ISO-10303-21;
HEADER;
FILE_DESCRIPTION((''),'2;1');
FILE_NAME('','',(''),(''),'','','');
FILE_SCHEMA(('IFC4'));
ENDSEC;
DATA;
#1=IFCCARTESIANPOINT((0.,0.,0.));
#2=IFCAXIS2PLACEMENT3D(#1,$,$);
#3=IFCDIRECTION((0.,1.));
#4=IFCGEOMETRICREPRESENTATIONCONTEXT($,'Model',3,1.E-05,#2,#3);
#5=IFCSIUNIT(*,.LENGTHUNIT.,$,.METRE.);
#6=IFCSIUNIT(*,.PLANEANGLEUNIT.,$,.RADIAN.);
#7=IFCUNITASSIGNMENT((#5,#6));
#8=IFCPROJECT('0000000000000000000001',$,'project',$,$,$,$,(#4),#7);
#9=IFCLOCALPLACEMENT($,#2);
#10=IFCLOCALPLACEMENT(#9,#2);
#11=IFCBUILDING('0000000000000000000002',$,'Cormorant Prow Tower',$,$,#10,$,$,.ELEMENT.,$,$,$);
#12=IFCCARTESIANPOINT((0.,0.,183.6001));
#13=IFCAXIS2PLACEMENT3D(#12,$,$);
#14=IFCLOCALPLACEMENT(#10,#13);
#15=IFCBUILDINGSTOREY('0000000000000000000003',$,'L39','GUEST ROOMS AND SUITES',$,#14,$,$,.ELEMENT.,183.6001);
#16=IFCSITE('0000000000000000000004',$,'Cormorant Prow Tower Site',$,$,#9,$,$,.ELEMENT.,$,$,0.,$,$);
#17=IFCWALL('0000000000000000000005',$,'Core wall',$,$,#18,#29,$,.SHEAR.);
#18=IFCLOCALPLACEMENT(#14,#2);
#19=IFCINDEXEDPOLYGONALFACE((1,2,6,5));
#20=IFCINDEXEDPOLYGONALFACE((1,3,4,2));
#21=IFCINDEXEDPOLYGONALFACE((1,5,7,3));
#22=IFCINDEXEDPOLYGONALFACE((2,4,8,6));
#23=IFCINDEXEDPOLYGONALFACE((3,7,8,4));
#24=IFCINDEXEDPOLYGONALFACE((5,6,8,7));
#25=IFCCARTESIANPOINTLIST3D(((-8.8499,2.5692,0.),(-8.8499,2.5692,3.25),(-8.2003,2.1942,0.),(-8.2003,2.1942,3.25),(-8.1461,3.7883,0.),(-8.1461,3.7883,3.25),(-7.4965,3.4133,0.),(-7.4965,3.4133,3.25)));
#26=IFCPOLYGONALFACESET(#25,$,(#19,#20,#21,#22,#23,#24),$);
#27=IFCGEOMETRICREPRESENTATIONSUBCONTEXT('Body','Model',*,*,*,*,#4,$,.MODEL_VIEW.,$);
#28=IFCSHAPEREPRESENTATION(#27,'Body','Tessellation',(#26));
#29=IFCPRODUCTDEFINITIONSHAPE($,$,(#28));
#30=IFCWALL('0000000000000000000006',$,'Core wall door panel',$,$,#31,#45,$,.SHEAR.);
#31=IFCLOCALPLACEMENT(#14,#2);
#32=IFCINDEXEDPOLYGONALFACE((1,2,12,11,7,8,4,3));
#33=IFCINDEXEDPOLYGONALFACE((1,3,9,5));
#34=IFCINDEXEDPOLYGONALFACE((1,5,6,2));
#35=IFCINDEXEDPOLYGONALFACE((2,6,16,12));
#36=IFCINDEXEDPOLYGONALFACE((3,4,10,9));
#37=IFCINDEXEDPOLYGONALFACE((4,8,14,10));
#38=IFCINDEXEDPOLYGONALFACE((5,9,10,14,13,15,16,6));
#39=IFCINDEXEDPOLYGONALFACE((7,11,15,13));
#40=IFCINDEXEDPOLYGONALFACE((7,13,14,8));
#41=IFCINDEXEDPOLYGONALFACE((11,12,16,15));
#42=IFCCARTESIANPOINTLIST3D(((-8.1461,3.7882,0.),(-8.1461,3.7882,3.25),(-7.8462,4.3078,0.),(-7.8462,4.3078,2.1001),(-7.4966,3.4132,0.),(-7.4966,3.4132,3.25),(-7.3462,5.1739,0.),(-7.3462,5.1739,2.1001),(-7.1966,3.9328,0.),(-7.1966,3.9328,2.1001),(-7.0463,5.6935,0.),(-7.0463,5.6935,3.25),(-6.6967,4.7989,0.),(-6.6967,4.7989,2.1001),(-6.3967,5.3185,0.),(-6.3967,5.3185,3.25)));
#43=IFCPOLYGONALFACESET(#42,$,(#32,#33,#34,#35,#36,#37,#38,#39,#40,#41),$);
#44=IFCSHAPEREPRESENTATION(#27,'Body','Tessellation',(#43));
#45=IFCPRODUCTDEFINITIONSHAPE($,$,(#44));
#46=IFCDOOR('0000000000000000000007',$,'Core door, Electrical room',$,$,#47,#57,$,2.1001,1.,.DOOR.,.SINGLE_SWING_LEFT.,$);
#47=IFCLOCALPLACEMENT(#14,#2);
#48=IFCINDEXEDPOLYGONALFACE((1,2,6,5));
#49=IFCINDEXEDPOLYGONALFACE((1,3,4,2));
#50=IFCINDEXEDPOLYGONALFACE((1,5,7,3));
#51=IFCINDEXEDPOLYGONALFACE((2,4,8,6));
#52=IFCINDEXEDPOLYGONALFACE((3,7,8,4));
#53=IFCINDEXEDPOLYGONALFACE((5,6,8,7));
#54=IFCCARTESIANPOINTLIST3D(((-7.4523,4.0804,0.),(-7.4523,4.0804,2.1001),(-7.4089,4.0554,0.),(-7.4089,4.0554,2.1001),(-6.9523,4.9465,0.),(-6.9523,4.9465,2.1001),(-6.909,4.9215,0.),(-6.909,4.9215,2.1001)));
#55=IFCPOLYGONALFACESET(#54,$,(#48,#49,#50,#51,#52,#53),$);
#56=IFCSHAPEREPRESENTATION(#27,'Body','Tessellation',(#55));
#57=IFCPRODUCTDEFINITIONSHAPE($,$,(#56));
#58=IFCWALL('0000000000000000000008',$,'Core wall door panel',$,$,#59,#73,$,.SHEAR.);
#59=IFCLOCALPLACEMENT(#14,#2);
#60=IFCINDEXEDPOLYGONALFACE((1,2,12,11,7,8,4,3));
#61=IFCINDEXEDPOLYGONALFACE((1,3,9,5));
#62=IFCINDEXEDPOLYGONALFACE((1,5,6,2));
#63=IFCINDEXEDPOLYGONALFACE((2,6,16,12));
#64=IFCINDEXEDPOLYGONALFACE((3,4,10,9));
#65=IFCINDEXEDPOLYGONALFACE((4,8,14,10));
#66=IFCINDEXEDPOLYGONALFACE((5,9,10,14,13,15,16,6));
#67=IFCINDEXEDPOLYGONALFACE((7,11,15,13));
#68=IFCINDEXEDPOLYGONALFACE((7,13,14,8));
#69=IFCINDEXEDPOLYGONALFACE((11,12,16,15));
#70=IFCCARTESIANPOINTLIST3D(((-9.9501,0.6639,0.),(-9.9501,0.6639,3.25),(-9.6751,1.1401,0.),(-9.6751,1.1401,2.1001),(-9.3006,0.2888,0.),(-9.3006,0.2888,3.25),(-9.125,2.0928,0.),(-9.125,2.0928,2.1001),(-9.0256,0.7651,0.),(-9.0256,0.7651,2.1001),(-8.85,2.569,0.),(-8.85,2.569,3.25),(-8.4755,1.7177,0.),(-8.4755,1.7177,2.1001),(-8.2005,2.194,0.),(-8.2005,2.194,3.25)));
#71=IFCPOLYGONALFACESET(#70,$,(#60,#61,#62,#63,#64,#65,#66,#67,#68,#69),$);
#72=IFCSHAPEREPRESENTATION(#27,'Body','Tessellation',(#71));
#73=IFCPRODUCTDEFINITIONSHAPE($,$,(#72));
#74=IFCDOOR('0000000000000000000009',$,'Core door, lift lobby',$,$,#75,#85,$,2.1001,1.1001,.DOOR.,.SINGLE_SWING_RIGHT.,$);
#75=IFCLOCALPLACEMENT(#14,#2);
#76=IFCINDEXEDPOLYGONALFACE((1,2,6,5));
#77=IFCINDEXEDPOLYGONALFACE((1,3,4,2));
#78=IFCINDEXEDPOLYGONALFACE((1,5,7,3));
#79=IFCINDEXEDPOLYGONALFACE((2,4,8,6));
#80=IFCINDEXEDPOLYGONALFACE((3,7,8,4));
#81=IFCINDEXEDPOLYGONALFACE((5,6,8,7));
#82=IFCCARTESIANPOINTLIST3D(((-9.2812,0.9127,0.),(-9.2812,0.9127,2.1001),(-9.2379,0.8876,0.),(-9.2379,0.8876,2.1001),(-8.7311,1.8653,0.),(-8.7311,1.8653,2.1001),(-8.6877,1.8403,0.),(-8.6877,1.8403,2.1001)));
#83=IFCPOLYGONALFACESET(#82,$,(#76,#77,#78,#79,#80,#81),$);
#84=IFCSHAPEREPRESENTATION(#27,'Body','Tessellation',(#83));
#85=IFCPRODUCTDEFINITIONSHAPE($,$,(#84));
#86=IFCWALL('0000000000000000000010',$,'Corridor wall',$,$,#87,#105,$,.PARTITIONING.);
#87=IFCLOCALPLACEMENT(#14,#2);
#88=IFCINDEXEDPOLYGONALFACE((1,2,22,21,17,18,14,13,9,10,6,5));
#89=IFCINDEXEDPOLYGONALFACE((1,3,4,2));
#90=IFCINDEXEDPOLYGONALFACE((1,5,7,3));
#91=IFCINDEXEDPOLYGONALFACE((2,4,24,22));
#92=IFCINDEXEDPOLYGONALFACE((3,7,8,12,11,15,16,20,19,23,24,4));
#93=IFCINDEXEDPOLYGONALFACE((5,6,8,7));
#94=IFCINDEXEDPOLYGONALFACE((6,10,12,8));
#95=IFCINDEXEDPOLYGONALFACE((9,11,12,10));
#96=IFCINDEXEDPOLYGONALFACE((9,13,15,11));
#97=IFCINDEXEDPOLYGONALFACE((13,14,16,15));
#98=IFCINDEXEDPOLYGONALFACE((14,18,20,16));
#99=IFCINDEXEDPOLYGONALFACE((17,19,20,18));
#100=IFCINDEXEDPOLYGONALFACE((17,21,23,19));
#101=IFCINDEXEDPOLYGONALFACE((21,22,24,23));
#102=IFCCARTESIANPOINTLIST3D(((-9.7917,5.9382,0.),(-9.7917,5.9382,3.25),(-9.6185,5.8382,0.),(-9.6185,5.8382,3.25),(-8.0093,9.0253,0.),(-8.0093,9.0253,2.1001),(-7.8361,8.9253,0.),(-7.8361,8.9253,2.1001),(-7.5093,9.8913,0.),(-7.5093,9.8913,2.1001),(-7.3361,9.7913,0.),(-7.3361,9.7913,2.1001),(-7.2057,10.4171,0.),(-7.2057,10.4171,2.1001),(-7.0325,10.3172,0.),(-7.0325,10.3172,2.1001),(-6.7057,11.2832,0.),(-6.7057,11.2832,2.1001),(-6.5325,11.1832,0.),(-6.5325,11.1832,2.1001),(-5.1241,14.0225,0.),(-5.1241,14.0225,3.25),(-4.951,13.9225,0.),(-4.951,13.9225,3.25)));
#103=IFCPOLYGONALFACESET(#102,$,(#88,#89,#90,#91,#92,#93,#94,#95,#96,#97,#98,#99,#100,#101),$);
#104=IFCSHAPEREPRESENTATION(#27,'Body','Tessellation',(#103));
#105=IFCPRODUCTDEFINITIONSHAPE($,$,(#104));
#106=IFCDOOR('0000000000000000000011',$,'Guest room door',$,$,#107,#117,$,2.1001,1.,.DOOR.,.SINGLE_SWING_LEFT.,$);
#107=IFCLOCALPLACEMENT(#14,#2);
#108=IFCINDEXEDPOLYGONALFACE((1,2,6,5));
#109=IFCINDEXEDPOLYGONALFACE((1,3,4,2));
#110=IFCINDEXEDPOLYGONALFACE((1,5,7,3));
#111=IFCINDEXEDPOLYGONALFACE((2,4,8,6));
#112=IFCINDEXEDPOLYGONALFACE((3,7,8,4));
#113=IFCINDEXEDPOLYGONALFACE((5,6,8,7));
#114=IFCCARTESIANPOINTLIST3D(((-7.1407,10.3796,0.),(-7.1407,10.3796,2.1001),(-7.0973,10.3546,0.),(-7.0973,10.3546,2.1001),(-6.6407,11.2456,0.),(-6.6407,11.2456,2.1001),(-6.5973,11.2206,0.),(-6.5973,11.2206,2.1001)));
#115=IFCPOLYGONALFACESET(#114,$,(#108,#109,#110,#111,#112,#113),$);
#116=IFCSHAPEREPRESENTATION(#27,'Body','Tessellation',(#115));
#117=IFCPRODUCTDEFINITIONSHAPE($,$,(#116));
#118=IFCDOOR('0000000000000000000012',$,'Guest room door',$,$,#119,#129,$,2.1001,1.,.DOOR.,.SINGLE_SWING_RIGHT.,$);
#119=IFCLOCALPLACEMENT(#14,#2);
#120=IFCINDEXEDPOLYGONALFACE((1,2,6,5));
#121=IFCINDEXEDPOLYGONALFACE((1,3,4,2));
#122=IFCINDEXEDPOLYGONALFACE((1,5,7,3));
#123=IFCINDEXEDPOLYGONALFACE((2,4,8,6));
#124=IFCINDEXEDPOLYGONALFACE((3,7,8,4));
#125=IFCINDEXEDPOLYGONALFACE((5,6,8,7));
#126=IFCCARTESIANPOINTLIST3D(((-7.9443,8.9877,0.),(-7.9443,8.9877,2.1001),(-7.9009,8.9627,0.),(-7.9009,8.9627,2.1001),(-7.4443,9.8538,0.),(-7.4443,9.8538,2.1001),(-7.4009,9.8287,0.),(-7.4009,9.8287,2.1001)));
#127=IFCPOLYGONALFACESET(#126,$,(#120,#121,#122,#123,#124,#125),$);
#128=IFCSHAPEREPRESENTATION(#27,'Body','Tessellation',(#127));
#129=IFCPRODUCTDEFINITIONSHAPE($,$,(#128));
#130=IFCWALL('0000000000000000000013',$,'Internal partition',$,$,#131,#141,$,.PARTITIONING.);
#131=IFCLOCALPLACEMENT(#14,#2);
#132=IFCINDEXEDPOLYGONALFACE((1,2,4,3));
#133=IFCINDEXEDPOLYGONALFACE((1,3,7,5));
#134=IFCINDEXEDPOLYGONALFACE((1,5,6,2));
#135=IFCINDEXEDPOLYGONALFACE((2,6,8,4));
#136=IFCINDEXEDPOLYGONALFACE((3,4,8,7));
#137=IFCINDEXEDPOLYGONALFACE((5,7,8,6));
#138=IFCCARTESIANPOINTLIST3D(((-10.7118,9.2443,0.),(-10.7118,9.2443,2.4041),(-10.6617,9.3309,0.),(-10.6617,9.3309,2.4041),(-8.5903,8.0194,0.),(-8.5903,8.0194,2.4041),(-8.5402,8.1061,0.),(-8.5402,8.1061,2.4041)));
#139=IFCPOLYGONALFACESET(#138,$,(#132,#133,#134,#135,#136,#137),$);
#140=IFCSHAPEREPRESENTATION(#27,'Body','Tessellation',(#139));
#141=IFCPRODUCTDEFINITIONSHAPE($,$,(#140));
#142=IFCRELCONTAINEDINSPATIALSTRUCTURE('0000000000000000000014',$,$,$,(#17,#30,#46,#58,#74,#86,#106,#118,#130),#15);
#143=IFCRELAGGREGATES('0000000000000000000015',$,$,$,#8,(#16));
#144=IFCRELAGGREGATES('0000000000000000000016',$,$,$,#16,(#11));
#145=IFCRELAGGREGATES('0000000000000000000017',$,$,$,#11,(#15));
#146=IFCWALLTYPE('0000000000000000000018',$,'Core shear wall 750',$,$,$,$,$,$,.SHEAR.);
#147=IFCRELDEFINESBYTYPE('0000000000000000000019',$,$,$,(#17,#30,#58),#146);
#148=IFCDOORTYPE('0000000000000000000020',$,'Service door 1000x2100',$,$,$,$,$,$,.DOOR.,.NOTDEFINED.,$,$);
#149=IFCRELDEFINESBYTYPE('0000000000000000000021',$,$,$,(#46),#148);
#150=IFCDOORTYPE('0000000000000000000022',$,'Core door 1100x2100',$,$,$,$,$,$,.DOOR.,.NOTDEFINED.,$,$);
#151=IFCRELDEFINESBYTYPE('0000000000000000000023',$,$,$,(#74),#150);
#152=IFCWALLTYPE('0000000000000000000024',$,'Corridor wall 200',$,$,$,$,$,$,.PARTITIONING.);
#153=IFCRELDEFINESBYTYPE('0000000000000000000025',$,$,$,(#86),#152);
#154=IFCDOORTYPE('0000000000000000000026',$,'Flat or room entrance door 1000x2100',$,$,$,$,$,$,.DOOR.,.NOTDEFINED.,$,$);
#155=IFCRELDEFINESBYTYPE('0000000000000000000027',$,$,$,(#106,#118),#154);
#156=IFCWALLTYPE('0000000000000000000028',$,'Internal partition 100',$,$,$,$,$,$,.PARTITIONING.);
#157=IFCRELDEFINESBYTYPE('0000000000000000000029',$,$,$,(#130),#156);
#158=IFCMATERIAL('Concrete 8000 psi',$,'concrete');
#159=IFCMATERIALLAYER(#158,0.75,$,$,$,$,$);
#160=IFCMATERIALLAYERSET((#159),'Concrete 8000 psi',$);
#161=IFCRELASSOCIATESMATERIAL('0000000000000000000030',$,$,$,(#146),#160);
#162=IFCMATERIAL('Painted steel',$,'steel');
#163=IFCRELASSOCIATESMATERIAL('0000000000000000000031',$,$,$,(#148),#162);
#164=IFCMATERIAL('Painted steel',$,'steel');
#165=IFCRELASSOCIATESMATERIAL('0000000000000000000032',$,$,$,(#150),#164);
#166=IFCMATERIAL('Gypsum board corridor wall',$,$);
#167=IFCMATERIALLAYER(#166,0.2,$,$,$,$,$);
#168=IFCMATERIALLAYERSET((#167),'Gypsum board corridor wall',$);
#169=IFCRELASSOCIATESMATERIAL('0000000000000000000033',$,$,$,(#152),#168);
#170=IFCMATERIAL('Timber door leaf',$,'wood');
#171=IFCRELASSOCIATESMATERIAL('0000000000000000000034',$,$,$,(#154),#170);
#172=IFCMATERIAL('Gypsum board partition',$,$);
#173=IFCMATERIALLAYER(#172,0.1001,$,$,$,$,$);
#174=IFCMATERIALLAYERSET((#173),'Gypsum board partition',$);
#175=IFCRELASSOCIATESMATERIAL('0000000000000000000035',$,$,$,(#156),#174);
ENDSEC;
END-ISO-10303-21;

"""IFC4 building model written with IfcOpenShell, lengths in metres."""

from ifc_helpers import new_model, si_unit, direction, frame, frame_2d, origin, place, context, subcontext, project, spatial, rectangle, extrude, material, layer, layer_set, type_object, element, fill, save


model = new_model("IFC4")

# Units and contexts
model_context = context("Model", 3, precision=1e-05, world=origin(), true_north=direction((0.0, 1.0)))
body_context = subcontext(model_context, "Body", "Model", "MODEL_VIEW")
ifc_project = project(units=[si_unit("LENGTHUNIT", "METRE"), si_unit("PLANEANGLEUNIT", "RADIAN")], contexts=[model_context])

# Site, building, storey
site_placement = place(None, origin())
site = spatial("IfcSite", under=ifc_project, at=site_placement, Name="Cormorant Prow Tower Site", CompositionType="ELEMENT", RefElevation=0.0)
building_placement = place(site_placement, origin())
building = spatial("IfcBuilding", under=site, at=building_placement, Name="Cormorant Prow Tower", CompositionType="ELEMENT")
storey_placement = place(building_placement, frame((0.0, 0.0, 183.6001)))
storey = spatial("IfcBuildingStorey", under=building, at=storey_placement, Name="L39", Description="GUEST ROOMS AND SUITES", CompositionType="ELEMENT", Elevation=183.6001)

# Wall
ifc_material_1 = material(Name="Concrete 8000 psi", Category="concrete")
ifc_layer_1 = layer(ifc_material_1, 0.75)
ifc_layer_set_1 = layer_set([ifc_layer_1], Name="Concrete 8000 psi")
wall_type_1 = type_object("IfcWallType", Name="Core shear wall 750", PredefinedType="SHEAR", material=ifc_layer_set_1)
wall_1_placement = place(storey_placement, frame((-7.8213, 3.6008, 0.0), z_axis=(0.0, 0.0, 1.0), x_axis=(-0.499963, -0.866047, 0.0)))
element("IfcWall", 1, at=wall_1_placement, inside=storey, type_object=wall_type_1, Name="Core wall", PredefinedType="SHEAR", context=body_context, shape_type="SweptSolid", body=[
    extrude(rectangle(XDim=1.4077, YDim=0.75, at=frame_2d((0.7039, 0.0))), origin(), (0.0, 0.0, 1.0), 3.25),
])

# Walls, openings, doors
wall_2_placement = place(storey_placement, frame((-6.7214, 5.5061, 0.0), z_axis=(0.0, 0.0, 1.0), x_axis=(-0.499947, -0.866056, 0.0)))
wall_2 = element("IfcWall", 2, at=wall_2_placement, inside=storey, type_object=wall_type_1, Name="Core wall door panel", PredefinedType="SHEAR", context=body_context, shape_type="SweptSolid", body=[
    extrude(rectangle(XDim=2.2, YDim=0.75, at=frame_2d((1.1001, 0.0))), origin(), (0.0, 0.0, 1.0), 3.25),
])
opening_1_placement = place(wall_2_placement, frame((0.6001, 0.0, 0.0)))
opening_1 = element("IfcOpeningElement", 3, at=opening_1_placement, cuts=wall_2, PredefinedType="OPENING", context=body_context, shape_type="SweptSolid", body=[
    extrude(rectangle(XDim=1.0, YDim=2.1001, at=frame_2d((0.5, 1.05))), frame((0.0, 0.385, 0.0), z_axis=(0.0, -1.0, 0.0), x_axis=(1.0, 0.0, 0.0)), (0.0, 0.0, 1.0), 0.77),
])
ifc_material_2 = material(Name="Painted steel", Category="steel")
door_type_1 = type_object("IfcDoorType", Name="Service door 1000x2100", OperationType="NOTDEFINED", PredefinedType="DOOR", material=ifc_material_2)
door_1_placement = place(opening_1_placement, origin())
door_1 = element("IfcDoor", 4, at=door_1_placement, inside=storey, type_object=door_type_1, Name="Core door, Electrical room", OperationType="SINGLE_SWING_LEFT", OverallHeight=2.1001, OverallWidth=1.0, PredefinedType="DOOR", context=body_context, shape_type="SweptSolid", body=[
    extrude(rectangle(XDim=1.0, YDim=2.1001, at=frame_2d((0.5, 1.05))), frame((0.0, 0.1299, 0.0), z_axis=(0.0, -1.0, 0.0), x_axis=(1.0, 0.0, 0.0)), (0.0, 0.0, 1.0), 0.05),
])
fill(opening_1, door_1)
wall_3_placement = place(storey_placement, frame((-8.5251, 2.3816, 0.0), z_axis=(0.0, 0.0, 1.0), x_axis=(-0.500078, -0.86598, 0.0)))
wall_3 = element("IfcWall", 5, at=wall_3_placement, inside=storey, type_object=wall_type_1, Name="Core wall door panel", PredefinedType="SHEAR", context=body_context, shape_type="SweptSolid", body=[
    extrude(rectangle(XDim=2.2, YDim=0.75, at=frame_2d((1.1001, 0.0))), origin(), (0.0, 0.0, 1.0), 3.25),
])
opening_2_placement = place(wall_3_placement, frame((0.55, 0.0, 0.0)))
opening_2 = element("IfcOpeningElement", 6, at=opening_2_placement, cuts=wall_3, PredefinedType="OPENING", context=body_context, shape_type="SweptSolid", body=[
    extrude(rectangle(XDim=1.1001, YDim=2.1001, at=frame_2d((0.55, 1.05))), frame((0.0, 0.385, 0.0), z_axis=(0.0, -1.0, 0.0), x_axis=(1.0, 0.0, 0.0)), (0.0, 0.0, 1.0), 0.77),
])
ifc_material_3 = material(Name="Painted steel", Category="steel")
door_type_2 = type_object("IfcDoorType", Name="Core door 1100x2100", OperationType="NOTDEFINED", PredefinedType="DOOR", material=ifc_material_3)
door_2_placement = place(opening_2_placement, origin())
door_2 = element("IfcDoor", 7, at=door_2_placement, inside=storey, type_object=door_type_2, Name="Core door, lift lobby", OperationType="SINGLE_SWING_RIGHT", OverallHeight=2.1001, OverallWidth=1.1001, PredefinedType="DOOR", context=body_context, shape_type="SweptSolid", body=[
    extrude(rectangle(XDim=1.1001, YDim=2.1001, at=frame_2d((0.55, 1.05))), frame((0.0, 0.1299, 0.0), z_axis=(0.0, -1.0, 0.0), x_axis=(1.0, 0.0, 0.0)), (0.0, 0.0, 1.0), 0.05),
])
fill(opening_2, door_2)

# Wall, openings, doors
ifc_material_4 = material(Name="Gypsum board corridor wall")
ifc_layer_2 = layer(ifc_material_4, 0.2)
ifc_layer_set_2 = layer_set([ifc_layer_2], Name="Gypsum board corridor wall")
wall_type_2 = type_object("IfcWallType", Name="Corridor wall 200", PredefinedType="PARTITIONING", material=ifc_layer_set_2)
wall_4_placement = place(storey_placement, frame((-9.7051, 5.8882, 0.0), z_axis=(0.0, 0.0, 1.0), x_axis=(0.500004, 0.866023, 0.0)))
wall_4 = element("IfcWall", 8, at=wall_4_placement, inside=storey, type_object=wall_type_2, Name="Corridor wall", PredefinedType="PARTITIONING", context=body_context, shape_type="SweptSolid", body=[
    extrude(rectangle(XDim=9.335, YDim=0.2, at=frame_2d((4.6675, 0.0))), origin(), (0.0, 0.0, 1.0), 3.25),
])
opening_3_placement = place(wall_4_placement, frame((5.1719, 0.0, 0.0)))
opening_3 = element("IfcOpeningElement", 9, at=opening_3_placement, cuts=wall_4, PredefinedType="OPENING", context=body_context, shape_type="SweptSolid", body=[
    extrude(rectangle(XDim=1.0, YDim=2.1001, at=frame_2d((0.5, 1.05))), frame((0.0, 0.1099, 0.0), z_axis=(0.0, -1.0, 0.0), x_axis=(1.0, 0.0, 0.0)), (0.0, 0.0, 1.0), 0.22),
])
opening_4_placement = place(wall_4_placement, frame((3.5647, 0.0, 0.0)))
opening_4 = element("IfcOpeningElement", 10, at=opening_4_placement, cuts=wall_4, PredefinedType="OPENING", context=body_context, shape_type="SweptSolid", body=[
    extrude(rectangle(XDim=1.0, YDim=2.1001, at=frame_2d((0.5, 1.05))), frame((0.0, 0.1099, 0.0), z_axis=(0.0, -1.0, 0.0), x_axis=(1.0, 0.0, 0.0)), (0.0, 0.0, 1.0), 0.22),
])
ifc_material_5 = material(Name="Timber door leaf", Category="wood")
door_type_3 = type_object("IfcDoorType", Name="Flat or room entrance door 1000x2100", OperationType="NOTDEFINED", PredefinedType="DOOR", material=ifc_material_5)
door_3_placement = place(opening_3_placement, origin())
door_3 = element("IfcDoor", 11, at=door_3_placement, inside=storey, type_object=door_type_3, Name="Guest room door", OperationType="SINGLE_SWING_LEFT", OverallHeight=2.1001, OverallWidth=1.0, PredefinedType="DOOR", context=body_context, shape_type="SweptSolid", body=[
    extrude(rectangle(XDim=1.0, YDim=2.1001, at=frame_2d((0.5, 1.05))), frame((0.0, 0.0249, 0.0), z_axis=(0.0, -1.0, 0.0), x_axis=(1.0, 0.0, 0.0)), (0.0, 0.0, 1.0), 0.05),
])
fill(opening_3, door_3)
door_4_placement = place(opening_4_placement, origin())
door_4 = element("IfcDoor", 12, at=door_4_placement, inside=storey, type_object=door_type_3, Name="Guest room door", OperationType="SINGLE_SWING_RIGHT", OverallHeight=2.1001, OverallWidth=1.0, PredefinedType="DOOR", context=body_context, shape_type="SweptSolid", body=[
    extrude(rectangle(XDim=1.0, YDim=2.1001, at=frame_2d((0.5, 1.05))), frame((0.0, 0.0249, 0.0), z_axis=(0.0, -1.0, 0.0), x_axis=(1.0, 0.0, 0.0)), (0.0, 0.0, 1.0), 0.05),
])
fill(opening_4, door_4)

# Wall
ifc_material_6 = material(Name="Gypsum board partition")
ifc_layer_3 = layer(ifc_material_6, 0.1001)
ifc_layer_set_3 = layer_set([ifc_layer_3], Name="Gypsum board partition")
wall_type_3 = type_object("IfcWallType", Name="Internal partition 100", PredefinedType="PARTITIONING", material=ifc_layer_set_3)
wall_5_placement = place(storey_placement, frame((-10.6868, 9.2876, 0.0), z_axis=(0.0, 0.0, 1.0), x_axis=(0.866033, -0.499987, 0.0)))
element("IfcWall", 13, at=wall_5_placement, inside=storey, type_object=wall_type_3, Name="Internal partition", PredefinedType="PARTITIONING", context=body_context, shape_type="SweptSolid", body=[
    extrude(rectangle(XDim=2.4497, YDim=0.1001, at=frame_2d((1.2249, 0.0))), origin(), (0.0, 0.0, 1.0), 2.4041),
])

save(model, "model.ifc")
